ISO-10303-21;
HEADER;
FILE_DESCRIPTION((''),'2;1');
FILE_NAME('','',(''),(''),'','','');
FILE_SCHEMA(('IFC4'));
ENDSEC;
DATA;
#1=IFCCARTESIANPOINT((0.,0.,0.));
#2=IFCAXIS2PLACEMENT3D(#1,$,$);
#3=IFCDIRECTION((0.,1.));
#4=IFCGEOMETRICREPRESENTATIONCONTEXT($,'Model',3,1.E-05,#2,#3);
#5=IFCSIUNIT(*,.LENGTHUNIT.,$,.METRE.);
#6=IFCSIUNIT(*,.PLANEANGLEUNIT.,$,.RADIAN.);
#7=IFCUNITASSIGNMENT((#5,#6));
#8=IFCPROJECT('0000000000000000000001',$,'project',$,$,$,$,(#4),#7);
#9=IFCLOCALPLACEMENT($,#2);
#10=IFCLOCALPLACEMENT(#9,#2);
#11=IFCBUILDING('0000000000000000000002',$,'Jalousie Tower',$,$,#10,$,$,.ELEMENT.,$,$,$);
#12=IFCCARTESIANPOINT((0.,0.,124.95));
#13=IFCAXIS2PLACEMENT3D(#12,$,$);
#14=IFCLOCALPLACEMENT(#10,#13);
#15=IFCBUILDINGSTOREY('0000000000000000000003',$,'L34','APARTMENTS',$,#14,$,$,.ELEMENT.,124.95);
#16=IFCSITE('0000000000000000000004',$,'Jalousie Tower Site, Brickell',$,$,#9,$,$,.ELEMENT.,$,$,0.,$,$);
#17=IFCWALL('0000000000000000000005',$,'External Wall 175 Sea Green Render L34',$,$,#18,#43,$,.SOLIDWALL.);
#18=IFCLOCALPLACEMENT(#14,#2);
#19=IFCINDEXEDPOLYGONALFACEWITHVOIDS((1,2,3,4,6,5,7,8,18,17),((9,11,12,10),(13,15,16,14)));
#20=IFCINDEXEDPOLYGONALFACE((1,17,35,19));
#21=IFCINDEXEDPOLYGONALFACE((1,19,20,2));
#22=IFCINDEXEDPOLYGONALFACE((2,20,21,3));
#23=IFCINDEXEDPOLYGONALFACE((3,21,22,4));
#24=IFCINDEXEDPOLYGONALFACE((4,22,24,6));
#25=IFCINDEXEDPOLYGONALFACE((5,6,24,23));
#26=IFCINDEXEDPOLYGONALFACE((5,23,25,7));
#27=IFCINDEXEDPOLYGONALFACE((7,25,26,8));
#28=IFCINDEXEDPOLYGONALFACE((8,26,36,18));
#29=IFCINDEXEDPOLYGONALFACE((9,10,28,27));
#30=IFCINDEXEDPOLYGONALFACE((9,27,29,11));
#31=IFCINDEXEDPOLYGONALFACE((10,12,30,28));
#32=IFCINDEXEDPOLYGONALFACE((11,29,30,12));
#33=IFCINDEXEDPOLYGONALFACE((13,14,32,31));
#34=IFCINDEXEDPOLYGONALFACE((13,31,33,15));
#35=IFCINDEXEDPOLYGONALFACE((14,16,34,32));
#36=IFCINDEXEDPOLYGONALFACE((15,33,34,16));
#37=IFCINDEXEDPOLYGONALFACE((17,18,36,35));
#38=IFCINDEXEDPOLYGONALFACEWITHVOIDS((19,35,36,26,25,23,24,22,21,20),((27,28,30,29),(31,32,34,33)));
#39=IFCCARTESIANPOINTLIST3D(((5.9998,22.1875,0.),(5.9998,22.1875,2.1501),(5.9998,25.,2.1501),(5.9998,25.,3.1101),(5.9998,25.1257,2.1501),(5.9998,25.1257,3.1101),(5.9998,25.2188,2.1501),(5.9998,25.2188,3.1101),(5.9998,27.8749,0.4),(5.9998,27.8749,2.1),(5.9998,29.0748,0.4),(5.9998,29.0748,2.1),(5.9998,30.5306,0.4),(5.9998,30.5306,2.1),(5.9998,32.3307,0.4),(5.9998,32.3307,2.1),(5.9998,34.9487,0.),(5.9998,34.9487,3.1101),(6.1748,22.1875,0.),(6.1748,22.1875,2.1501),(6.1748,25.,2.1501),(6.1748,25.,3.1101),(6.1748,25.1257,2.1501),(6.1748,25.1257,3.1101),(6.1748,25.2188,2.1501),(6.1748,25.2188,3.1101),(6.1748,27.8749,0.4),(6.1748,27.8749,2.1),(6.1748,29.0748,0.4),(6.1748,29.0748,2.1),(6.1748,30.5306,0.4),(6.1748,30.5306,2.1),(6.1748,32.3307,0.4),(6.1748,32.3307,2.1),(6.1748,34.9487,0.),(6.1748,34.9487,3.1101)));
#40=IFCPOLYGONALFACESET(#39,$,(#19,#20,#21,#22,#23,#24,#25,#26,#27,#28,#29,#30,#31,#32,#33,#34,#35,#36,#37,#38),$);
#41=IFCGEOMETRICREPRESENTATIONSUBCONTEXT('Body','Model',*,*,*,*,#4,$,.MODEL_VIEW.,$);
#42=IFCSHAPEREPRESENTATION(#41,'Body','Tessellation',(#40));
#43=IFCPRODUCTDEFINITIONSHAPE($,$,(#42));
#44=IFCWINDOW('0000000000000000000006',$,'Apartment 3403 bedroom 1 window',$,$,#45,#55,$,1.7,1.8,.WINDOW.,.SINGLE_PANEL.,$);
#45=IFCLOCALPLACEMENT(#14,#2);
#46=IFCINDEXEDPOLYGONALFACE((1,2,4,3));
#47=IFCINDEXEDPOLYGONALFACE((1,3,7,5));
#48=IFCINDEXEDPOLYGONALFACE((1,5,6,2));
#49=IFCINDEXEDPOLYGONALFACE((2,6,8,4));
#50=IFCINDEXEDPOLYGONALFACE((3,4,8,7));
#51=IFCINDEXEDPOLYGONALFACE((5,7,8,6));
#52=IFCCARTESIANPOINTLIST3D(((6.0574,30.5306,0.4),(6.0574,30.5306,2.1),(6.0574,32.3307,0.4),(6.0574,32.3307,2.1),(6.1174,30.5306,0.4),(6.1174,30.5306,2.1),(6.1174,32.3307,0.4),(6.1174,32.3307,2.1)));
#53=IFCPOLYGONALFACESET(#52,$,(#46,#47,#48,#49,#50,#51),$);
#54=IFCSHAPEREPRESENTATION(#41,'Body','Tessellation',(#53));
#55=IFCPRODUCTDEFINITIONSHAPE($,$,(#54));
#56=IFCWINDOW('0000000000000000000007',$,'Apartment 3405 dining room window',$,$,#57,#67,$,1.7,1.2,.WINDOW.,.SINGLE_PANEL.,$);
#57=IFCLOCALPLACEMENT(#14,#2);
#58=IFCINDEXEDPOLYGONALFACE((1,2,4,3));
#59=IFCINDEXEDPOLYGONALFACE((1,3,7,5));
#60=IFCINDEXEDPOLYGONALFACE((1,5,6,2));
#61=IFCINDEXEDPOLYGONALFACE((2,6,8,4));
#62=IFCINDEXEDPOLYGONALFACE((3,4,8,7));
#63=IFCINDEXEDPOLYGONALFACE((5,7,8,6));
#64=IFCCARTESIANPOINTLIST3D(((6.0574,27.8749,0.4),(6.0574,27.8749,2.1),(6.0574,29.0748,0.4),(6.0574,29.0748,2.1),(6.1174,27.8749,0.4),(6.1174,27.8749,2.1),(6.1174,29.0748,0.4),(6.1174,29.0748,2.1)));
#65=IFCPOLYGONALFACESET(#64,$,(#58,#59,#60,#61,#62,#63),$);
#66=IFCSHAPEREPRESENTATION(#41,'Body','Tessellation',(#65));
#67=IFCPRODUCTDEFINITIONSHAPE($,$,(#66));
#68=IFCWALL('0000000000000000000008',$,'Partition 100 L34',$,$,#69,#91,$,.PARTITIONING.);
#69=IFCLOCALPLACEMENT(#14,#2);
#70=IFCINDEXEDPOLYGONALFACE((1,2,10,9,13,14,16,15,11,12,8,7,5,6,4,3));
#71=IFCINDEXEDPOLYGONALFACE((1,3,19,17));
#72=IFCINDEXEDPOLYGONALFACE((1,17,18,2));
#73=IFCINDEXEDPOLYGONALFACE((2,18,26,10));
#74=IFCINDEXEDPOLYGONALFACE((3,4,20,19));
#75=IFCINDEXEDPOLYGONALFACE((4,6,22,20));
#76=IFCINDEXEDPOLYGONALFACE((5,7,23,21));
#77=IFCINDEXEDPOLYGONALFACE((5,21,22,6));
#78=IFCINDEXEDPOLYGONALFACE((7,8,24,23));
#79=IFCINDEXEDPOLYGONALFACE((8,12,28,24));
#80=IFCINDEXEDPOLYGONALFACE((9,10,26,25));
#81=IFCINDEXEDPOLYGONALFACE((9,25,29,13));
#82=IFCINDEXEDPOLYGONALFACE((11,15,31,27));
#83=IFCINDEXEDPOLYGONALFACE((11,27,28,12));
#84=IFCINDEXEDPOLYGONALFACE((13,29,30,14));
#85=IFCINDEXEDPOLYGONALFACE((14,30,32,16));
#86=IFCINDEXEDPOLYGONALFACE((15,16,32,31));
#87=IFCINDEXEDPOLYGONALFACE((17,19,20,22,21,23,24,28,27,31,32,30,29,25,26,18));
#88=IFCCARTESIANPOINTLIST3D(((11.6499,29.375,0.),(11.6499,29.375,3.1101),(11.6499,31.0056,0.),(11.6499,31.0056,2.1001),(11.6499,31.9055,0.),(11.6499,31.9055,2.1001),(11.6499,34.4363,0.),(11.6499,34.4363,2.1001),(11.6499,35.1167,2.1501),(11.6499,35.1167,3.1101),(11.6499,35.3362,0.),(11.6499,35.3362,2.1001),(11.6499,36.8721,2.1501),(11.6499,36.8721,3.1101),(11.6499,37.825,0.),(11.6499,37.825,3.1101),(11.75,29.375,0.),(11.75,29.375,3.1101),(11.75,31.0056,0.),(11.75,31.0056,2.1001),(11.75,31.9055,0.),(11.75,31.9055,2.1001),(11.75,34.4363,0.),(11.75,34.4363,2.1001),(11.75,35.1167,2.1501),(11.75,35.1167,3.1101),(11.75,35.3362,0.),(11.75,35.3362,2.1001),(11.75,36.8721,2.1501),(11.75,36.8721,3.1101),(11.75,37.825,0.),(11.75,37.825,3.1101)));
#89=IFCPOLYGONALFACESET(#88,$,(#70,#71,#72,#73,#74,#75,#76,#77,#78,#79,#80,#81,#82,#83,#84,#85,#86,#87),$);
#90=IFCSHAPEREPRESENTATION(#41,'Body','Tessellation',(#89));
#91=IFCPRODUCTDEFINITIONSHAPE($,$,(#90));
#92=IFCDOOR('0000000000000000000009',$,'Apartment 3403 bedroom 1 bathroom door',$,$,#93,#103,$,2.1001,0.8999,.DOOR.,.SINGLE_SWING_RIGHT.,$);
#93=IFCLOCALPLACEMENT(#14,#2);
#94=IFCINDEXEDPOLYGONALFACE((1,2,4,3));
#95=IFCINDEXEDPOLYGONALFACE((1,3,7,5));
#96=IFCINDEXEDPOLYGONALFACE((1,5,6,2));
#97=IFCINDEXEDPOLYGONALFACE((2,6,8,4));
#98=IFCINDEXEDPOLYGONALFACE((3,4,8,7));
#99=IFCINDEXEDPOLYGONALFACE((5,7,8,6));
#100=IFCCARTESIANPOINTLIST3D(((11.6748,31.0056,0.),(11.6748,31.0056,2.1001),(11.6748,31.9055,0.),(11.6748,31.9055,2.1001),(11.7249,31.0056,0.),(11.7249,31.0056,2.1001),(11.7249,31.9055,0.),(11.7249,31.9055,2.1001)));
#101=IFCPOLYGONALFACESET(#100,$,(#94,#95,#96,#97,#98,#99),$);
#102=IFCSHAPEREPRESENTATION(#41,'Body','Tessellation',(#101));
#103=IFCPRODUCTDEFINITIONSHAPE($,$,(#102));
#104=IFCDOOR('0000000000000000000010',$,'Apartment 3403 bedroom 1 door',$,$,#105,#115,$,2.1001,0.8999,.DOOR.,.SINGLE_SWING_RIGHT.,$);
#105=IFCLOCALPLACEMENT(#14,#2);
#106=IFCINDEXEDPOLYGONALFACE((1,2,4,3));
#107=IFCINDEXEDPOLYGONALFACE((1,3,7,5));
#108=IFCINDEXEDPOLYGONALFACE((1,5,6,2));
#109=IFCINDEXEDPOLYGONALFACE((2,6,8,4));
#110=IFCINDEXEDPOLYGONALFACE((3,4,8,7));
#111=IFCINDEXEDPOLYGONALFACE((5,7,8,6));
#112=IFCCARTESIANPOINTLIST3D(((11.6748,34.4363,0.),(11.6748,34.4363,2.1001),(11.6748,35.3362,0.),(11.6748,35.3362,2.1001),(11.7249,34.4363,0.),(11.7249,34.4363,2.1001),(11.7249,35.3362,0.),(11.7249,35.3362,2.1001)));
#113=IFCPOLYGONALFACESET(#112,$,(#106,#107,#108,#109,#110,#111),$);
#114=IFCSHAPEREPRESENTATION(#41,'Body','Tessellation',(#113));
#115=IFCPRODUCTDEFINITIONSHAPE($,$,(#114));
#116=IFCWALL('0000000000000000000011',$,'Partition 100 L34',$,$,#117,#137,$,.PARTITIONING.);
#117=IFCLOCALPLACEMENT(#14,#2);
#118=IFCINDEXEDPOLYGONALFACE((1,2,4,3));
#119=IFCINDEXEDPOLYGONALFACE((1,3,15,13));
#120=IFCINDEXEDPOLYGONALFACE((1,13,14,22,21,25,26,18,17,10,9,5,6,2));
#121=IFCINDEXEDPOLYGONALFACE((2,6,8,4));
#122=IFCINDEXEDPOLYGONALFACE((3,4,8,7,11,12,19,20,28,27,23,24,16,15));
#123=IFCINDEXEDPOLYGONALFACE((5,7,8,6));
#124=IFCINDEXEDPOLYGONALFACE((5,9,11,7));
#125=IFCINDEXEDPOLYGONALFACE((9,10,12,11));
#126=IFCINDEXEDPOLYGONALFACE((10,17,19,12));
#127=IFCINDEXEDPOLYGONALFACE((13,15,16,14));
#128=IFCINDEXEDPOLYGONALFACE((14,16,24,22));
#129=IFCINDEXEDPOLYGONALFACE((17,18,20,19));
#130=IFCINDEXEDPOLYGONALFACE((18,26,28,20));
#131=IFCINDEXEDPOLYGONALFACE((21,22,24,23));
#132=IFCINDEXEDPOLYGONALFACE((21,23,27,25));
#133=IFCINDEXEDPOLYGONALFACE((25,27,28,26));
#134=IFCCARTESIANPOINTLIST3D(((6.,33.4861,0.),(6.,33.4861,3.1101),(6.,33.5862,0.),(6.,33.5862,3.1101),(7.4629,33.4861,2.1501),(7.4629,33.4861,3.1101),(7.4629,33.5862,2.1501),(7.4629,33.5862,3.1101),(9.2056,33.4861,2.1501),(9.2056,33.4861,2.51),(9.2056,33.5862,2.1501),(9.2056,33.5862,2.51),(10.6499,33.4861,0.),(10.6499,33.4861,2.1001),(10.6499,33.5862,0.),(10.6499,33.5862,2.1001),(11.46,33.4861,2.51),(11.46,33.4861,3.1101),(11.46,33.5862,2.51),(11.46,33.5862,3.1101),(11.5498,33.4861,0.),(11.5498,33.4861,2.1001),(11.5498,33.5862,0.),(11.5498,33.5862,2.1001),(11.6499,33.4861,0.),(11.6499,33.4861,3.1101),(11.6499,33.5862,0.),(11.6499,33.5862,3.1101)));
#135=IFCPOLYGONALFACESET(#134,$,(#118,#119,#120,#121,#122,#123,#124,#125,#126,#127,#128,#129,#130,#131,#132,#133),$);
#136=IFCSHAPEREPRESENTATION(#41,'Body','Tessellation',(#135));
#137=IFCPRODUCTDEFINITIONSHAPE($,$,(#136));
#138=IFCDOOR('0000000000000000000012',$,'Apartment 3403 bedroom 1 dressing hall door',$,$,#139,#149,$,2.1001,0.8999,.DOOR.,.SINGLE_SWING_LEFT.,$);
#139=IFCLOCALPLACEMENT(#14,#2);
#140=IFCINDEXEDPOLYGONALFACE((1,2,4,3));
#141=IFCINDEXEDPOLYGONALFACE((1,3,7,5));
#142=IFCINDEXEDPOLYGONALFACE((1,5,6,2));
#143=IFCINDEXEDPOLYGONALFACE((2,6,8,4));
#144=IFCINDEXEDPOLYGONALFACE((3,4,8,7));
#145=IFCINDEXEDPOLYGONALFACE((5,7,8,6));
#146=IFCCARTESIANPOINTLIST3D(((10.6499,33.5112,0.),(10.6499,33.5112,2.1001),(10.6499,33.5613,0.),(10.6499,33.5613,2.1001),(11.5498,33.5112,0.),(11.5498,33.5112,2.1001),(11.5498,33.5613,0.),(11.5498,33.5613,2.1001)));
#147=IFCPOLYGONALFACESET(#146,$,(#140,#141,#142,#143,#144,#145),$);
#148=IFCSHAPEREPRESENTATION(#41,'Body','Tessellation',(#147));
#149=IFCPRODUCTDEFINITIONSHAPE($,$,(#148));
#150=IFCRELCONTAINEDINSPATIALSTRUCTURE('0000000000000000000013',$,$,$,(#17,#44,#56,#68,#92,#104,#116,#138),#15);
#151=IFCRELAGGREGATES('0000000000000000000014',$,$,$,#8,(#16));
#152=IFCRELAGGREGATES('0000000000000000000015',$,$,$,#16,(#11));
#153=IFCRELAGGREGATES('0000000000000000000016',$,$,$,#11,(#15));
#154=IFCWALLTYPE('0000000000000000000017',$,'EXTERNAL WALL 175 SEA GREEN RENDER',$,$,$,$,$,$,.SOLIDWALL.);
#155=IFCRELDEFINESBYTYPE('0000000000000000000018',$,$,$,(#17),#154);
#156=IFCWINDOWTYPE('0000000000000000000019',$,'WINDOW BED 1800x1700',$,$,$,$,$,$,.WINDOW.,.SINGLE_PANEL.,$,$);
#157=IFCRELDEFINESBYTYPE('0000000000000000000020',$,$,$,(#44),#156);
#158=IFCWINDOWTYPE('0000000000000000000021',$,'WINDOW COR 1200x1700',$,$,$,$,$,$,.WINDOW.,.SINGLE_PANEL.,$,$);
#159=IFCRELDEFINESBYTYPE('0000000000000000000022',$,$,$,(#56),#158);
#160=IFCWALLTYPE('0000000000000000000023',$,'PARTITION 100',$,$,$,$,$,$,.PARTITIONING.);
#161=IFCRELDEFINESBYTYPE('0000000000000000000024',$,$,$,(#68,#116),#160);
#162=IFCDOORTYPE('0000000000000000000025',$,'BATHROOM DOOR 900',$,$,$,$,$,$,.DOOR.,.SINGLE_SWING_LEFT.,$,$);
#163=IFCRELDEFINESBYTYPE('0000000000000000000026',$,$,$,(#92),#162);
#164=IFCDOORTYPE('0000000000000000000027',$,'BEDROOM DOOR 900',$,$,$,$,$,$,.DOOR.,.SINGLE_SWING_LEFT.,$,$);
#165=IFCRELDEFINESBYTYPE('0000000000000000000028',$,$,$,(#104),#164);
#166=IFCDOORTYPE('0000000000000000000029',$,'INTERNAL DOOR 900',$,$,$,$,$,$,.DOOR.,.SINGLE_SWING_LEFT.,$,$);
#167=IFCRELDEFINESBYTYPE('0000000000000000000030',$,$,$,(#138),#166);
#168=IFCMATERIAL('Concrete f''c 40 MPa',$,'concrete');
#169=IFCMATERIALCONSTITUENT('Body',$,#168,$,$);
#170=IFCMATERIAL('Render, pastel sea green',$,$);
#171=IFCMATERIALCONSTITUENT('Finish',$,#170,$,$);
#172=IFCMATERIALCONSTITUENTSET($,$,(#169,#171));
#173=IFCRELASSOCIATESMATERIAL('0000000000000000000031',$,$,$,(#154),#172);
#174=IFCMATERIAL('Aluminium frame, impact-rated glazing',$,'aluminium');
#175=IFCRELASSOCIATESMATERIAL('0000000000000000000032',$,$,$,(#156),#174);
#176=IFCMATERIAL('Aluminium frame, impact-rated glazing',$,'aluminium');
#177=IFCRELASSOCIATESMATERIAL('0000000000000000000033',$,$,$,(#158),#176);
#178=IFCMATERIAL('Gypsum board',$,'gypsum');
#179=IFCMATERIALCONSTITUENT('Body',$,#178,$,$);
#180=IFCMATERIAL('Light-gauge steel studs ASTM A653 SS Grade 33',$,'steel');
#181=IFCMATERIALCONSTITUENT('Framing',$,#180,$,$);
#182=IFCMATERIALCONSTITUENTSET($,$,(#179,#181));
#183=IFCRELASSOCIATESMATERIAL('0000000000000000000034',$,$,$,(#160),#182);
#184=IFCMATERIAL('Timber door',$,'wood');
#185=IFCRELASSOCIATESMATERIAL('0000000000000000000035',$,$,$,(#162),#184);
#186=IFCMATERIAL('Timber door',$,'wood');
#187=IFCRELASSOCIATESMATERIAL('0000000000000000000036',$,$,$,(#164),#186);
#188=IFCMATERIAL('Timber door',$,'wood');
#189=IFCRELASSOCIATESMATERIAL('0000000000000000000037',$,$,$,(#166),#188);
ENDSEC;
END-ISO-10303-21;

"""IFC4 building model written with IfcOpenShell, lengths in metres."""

from ifc_helpers import new_model, si_unit, direction, frame, frame_2d, origin, place, context, subcontext, project, spatial, polyline, rectangle, outline, extrude, material, constituent, constituent_set, type_object, element, fill, save


model = new_model("IFC4")

# Units and contexts
model_context = context("Model", 3, precision=1e-05, world=origin(), true_north=direction((0.0, 1.0)))
body_context = subcontext(model_context, "Body", "Model", "MODEL_VIEW")
ifc_project = project(units=[si_unit("LENGTHUNIT", "METRE"), si_unit("PLANEANGLEUNIT", "RADIAN")], contexts=[model_context])

# Site, building, storey
site_placement = place(None, origin())
site = spatial("IfcSite", under=ifc_project, at=site_placement, Name="Jalousie Tower Site, Brickell", CompositionType="ELEMENT", RefElevation=0.0)
building_placement = place(site_placement, origin())
building = spatial("IfcBuilding", under=site, at=building_placement, Name="Jalousie Tower", CompositionType="ELEMENT")
storey_placement = place(building_placement, frame((0.0, 0.0, 124.95)))
storey = spatial("IfcBuildingStorey", under=building, at=storey_placement, Name="L34", Description="APARTMENTS", CompositionType="ELEMENT", Elevation=124.95)

# Wall, openings, windows
ifc_material_1 = material(Name="Concrete f'c 40 MPa", Category="concrete")
ifc_constituent_1 = constituent(ifc_material_1, Name="Body")
ifc_material_2 = material(Name="Render, pastel sea green")
ifc_constituent_2 = constituent(ifc_material_2, Name="Finish")
ifc_constituent_set_1 = constituent_set(constituents=[ifc_constituent_1, ifc_constituent_2])
wall_type_1 = type_object("IfcWallType", Name="EXTERNAL WALL 175 SEA GREEN RENDER", PredefinedType="SOLIDWALL", material=ifc_constituent_set_1)
wall_1_placement = place(storey_placement, frame((6.0874, 34.9487, 0.0), z_axis=(0.0, 0.0, 1.0), x_axis=(0.0, -1.0, 0.0)))
wall_1 = element("IfcWall", 1, at=wall_1_placement, inside=storey, type_object=wall_type_1, Name="External Wall 175 Sea Green Render L34", PredefinedType="SOLIDWALL", context=body_context, shape_type="SweptSolid", body=[
    extrude(outline(polyline([(0.0, 0.0), (12.7612, 0.0), (12.7612, 2.1501), (9.9487, 2.1501), (9.9487, 3.1101), (9.823, 3.1101), (9.823, 2.1501), (9.73, 2.1501), (9.73, 3.1101), (0.0, 3.1101), (0.0, 0.0)])), frame((0.0, 0.0874, 0.0), z_axis=(0.0, -1.0, 0.0), x_axis=(1.0, 0.0, 0.0)), (0.0, 0.0, 1.0), 0.175),
])
opening_1_placement = place(wall_1_placement, frame((2.6182, 0.0, 0.3999)))
opening_1 = element("IfcOpeningElement", 2, at=opening_1_placement, cuts=wall_1, PredefinedType="OPENING", context=body_context, shape_type="SweptSolid", body=[
    extrude(rectangle(XDim=1.8, YDim=1.7, at=frame_2d((0.8999, 0.8501))), frame((0.0, 0.0974, 0.0), z_axis=(0.0, -1.0, 0.0), x_axis=(1.0, 0.0, 0.0)), (0.0, 0.0, 1.0), 0.1951),
])
opening_2_placement = place(wall_1_placement, frame((5.8738, 0.0, 0.3999)))
opening_2 = element("IfcOpeningElement", 3, at=opening_2_placement, cuts=wall_1, PredefinedType="OPENING", context=body_context, shape_type="SweptSolid", body=[
    extrude(rectangle(XDim=1.2, YDim=1.7, at=frame_2d((0.6001, 0.8501))), frame((0.0, 0.0974, 0.0), z_axis=(0.0, -1.0, 0.0), x_axis=(1.0, 0.0, 0.0)), (0.0, 0.0, 1.0), 0.1951),
])
ifc_material_3 = material(Name="Aluminium frame, impact-rated glazing", Category="aluminium")
window_type_1 = type_object("IfcWindowType", Name="WINDOW BED 1800x1700", PartitioningType="SINGLE_PANEL", PredefinedType="WINDOW", material=ifc_material_3)
window_1_placement = place(opening_1_placement, origin())
window_1 = element("IfcWindow", 4, at=window_1_placement, inside=storey, type_object=window_type_1, Name="Apartment 3403 bedroom 1 window", OverallHeight=1.7, OverallWidth=1.8, PartitioningType="SINGLE_PANEL", PredefinedType="WINDOW", context=body_context, shape_type="SweptSolid", body=[
    extrude(rectangle(XDim=1.8, YDim=1.7, at=frame_2d((0.8999, 0.8501))), frame((0.0, 0.03, 0.0), z_axis=(0.0, -1.0, 0.0), x_axis=(1.0, 0.0, 0.0)), (0.0, 0.0, 1.0), 0.0601),
])
fill(opening_1, window_1)
ifc_material_4 = material(Name="Aluminium frame, impact-rated glazing", Category="aluminium")
window_type_2 = type_object("IfcWindowType", Name="WINDOW COR 1200x1700", PartitioningType="SINGLE_PANEL", PredefinedType="WINDOW", material=ifc_material_4)
window_2_placement = place(opening_2_placement, origin())
window_2 = element("IfcWindow", 5, at=window_2_placement, inside=storey, type_object=window_type_2, Name="Apartment 3405 dining room window", OverallHeight=1.7, OverallWidth=1.2, PartitioningType="SINGLE_PANEL", PredefinedType="WINDOW", context=body_context, shape_type="SweptSolid", body=[
    extrude(rectangle(XDim=1.2, YDim=1.7, at=frame_2d((0.6001, 0.8501))), frame((0.0, 0.03, 0.0), z_axis=(0.0, -1.0, 0.0), x_axis=(1.0, 0.0, 0.0)), (0.0, 0.0, 1.0), 0.0601),
])
fill(opening_2, window_2)

# Wall, openings, doors
ifc_material_5 = material(Name="Gypsum board", Category="gypsum")
ifc_constituent_3 = constituent(ifc_material_5, Name="Body")
ifc_material_6 = material(Name="Light-gauge steel studs ASTM A653 SS Grade 33", Category="steel")
ifc_constituent_4 = constituent(ifc_material_6, Name="Framing")
ifc_constituent_set_2 = constituent_set(constituents=[ifc_constituent_3, ifc_constituent_4])
wall_type_2 = type_object("IfcWallType", Name="PARTITION 100", PredefinedType="PARTITIONING", material=ifc_constituent_set_2)
wall_2_placement = place(storey_placement, frame((11.7, 37.825, 0.0), z_axis=(0.0, 0.0, 1.0), x_axis=(0.0, -1.0, 0.0)))
wall_2 = element("IfcWall", 6, at=wall_2_placement, inside=storey, type_object=wall_type_2, Name="Partition 100 L34", PredefinedType="PARTITIONING", context=body_context, shape_type="SweptSolid", body=[
    extrude(outline(polyline([(0.0, 0.0), (8.45, 0.0), (8.45, 3.1101), (2.7083, 3.1101), (2.7083, 2.1501), (0.9529, 2.1501), (0.9529, 3.1101), (0.0, 3.1101), (0.0, 0.0)])), frame((0.0, 0.05, 0.0), z_axis=(0.0, -1.0, 0.0), x_axis=(1.0, 0.0, 0.0)), (0.0, 0.0, 1.0), 0.1001),
])
opening_3_placement = place(wall_2_placement, frame((2.4888, 0.0, 0.0)))
opening_3 = element("IfcOpeningElement", 7, at=opening_3_placement, cuts=wall_2, PredefinedType="OPENING", context=body_context, shape_type="SweptSolid", body=[
    extrude(rectangle(XDim=0.8999, YDim=2.1001, at=frame_2d((0.45, 1.05))), frame((0.0, 0.0601, 0.0), z_axis=(0.0, -1.0, 0.0), x_axis=(1.0, 0.0, 0.0)), (0.0, 0.0, 1.0), 0.1201),
])
opening_4_placement = place(wall_2_placement, frame((5.9194, 0.0, 0.0)))
opening_4 = element("IfcOpeningElement", 8, at=opening_4_placement, cuts=wall_2, PredefinedType="OPENING", context=body_context, shape_type="SweptSolid", body=[
    extrude(rectangle(XDim=0.8999, YDim=2.1001, at=frame_2d((0.45, 1.05))), frame((0.0, 0.0601, 0.0), z_axis=(0.0, -1.0, 0.0), x_axis=(1.0, 0.0, 0.0)), (0.0, 0.0, 1.0), 0.1201),
])
ifc_material_7 = material(Name="Timber door", Category="wood")
door_type_1 = type_object("IfcDoorType", Name="BATHROOM DOOR 900", OperationType="SINGLE_SWING_LEFT", PredefinedType="DOOR", material=ifc_material_7)
door_1_placement = place(opening_4_placement, origin())
door_1 = element("IfcDoor", 9, at=door_1_placement, inside=storey, type_object=door_type_1, Name="Apartment 3403 bedroom 1 bathroom door", OperationType="SINGLE_SWING_RIGHT", OverallHeight=2.1001, OverallWidth=0.8999, PredefinedType="DOOR", context=body_context, shape_type="SweptSolid", body=[
    extrude(rectangle(XDim=0.8999, YDim=2.1001, at=frame_2d((0.45, 1.05))), frame((0.0, 0.0249, 0.0), z_axis=(0.0, -1.0, 0.0), x_axis=(1.0, 0.0, 0.0)), (0.0, 0.0, 1.0), 0.05),
])
fill(opening_4, door_1)
ifc_material_8 = material(Name="Timber door", Category="wood")
door_type_2 = type_object("IfcDoorType", Name="BEDROOM DOOR 900", OperationType="SINGLE_SWING_LEFT", PredefinedType="DOOR", material=ifc_material_8)
door_2_placement = place(opening_3_placement, origin())
door_2 = element("IfcDoor", 10, at=door_2_placement, inside=storey, type_object=door_type_2, Name="Apartment 3403 bedroom 1 door", OperationType="SINGLE_SWING_RIGHT", OverallHeight=2.1001, OverallWidth=0.8999, PredefinedType="DOOR", context=body_context, shape_type="SweptSolid", body=[
    extrude(rectangle(XDim=0.8999, YDim=2.1001, at=frame_2d((0.45, 1.05))), frame((0.0, 0.0249, 0.0), z_axis=(0.0, -1.0, 0.0), x_axis=(1.0, 0.0, 0.0)), (0.0, 0.0, 1.0), 0.05),
])
fill(opening_3, door_2)

# Wall, opening, door
wall_3_placement = place(storey_placement, frame((6.0, 33.5361, 0.0), z_axis=(0.0, 0.0, 1.0), x_axis=(1.0, 0.0, 0.0)))
wall_3 = element("IfcWall", 11, at=wall_3_placement, inside=storey, type_object=wall_type_2, Name="Partition 100 L34", PredefinedType="PARTITIONING", context=body_context, shape_type="SweptSolid", body=[
    extrude(outline(polyline([(0.0, 0.0), (5.6499, 0.0), (5.6499, 3.1101), (5.46, 3.1101), (5.46, 2.51), (3.2056, 2.51), (3.2056, 2.1501), (1.4629, 2.1501), (1.4629, 3.1101), (0.0, 3.1101), (0.0, 0.0)])), frame((0.0, 0.05, 0.0), z_axis=(0.0, -1.0, 0.0), x_axis=(1.0, 0.0, 0.0)), (0.0, 0.0, 1.0), 0.1001),
])
opening_5_placement = place(wall_3_placement, frame((4.6499, 0.0, 0.0)))
opening_5 = element("IfcOpeningElement", 12, at=opening_5_placement, cuts=wall_3, PredefinedType="OPENING", context=body_context, shape_type="SweptSolid", body=[
    extrude(rectangle(XDim=0.8999, YDim=2.1001, at=frame_2d((0.45, 1.05))), frame((0.0, 0.0601, 0.0), z_axis=(0.0, -1.0, 0.0), x_axis=(1.0, 0.0, 0.0)), (0.0, 0.0, 1.0), 0.1201),
])
ifc_material_9 = material(Name="Timber door", Category="wood")
door_type_3 = type_object("IfcDoorType", Name="INTERNAL DOOR 900", OperationType="SINGLE_SWING_LEFT", PredefinedType="DOOR", material=ifc_material_9)
door_3_placement = place(opening_5_placement, frame((0.8999, 0.0, 0.0), z_axis=(0.0, 0.0, 1.0), x_axis=(-1.0, 0.0, 0.0)))
door_3 = element("IfcDoor", 13, at=door_3_placement, inside=storey, type_object=door_type_3, Name="Apartment 3403 bedroom 1 dressing hall door", OperationType="SINGLE_SWING_LEFT", OverallHeight=2.1001, OverallWidth=0.8999, PredefinedType="DOOR", context=body_context, shape_type="SweptSolid", body=[
    extrude(rectangle(XDim=0.8999, YDim=2.1001, at=frame_2d((0.45, 1.05))), frame((0.0, 0.0249, 0.0), z_axis=(0.0, -1.0, 0.0), x_axis=(1.0, 0.0, 0.0)), (0.0, 0.0, 1.0), 0.05),
])
fill(opening_5, door_3)

save(model, "model.ifc")
